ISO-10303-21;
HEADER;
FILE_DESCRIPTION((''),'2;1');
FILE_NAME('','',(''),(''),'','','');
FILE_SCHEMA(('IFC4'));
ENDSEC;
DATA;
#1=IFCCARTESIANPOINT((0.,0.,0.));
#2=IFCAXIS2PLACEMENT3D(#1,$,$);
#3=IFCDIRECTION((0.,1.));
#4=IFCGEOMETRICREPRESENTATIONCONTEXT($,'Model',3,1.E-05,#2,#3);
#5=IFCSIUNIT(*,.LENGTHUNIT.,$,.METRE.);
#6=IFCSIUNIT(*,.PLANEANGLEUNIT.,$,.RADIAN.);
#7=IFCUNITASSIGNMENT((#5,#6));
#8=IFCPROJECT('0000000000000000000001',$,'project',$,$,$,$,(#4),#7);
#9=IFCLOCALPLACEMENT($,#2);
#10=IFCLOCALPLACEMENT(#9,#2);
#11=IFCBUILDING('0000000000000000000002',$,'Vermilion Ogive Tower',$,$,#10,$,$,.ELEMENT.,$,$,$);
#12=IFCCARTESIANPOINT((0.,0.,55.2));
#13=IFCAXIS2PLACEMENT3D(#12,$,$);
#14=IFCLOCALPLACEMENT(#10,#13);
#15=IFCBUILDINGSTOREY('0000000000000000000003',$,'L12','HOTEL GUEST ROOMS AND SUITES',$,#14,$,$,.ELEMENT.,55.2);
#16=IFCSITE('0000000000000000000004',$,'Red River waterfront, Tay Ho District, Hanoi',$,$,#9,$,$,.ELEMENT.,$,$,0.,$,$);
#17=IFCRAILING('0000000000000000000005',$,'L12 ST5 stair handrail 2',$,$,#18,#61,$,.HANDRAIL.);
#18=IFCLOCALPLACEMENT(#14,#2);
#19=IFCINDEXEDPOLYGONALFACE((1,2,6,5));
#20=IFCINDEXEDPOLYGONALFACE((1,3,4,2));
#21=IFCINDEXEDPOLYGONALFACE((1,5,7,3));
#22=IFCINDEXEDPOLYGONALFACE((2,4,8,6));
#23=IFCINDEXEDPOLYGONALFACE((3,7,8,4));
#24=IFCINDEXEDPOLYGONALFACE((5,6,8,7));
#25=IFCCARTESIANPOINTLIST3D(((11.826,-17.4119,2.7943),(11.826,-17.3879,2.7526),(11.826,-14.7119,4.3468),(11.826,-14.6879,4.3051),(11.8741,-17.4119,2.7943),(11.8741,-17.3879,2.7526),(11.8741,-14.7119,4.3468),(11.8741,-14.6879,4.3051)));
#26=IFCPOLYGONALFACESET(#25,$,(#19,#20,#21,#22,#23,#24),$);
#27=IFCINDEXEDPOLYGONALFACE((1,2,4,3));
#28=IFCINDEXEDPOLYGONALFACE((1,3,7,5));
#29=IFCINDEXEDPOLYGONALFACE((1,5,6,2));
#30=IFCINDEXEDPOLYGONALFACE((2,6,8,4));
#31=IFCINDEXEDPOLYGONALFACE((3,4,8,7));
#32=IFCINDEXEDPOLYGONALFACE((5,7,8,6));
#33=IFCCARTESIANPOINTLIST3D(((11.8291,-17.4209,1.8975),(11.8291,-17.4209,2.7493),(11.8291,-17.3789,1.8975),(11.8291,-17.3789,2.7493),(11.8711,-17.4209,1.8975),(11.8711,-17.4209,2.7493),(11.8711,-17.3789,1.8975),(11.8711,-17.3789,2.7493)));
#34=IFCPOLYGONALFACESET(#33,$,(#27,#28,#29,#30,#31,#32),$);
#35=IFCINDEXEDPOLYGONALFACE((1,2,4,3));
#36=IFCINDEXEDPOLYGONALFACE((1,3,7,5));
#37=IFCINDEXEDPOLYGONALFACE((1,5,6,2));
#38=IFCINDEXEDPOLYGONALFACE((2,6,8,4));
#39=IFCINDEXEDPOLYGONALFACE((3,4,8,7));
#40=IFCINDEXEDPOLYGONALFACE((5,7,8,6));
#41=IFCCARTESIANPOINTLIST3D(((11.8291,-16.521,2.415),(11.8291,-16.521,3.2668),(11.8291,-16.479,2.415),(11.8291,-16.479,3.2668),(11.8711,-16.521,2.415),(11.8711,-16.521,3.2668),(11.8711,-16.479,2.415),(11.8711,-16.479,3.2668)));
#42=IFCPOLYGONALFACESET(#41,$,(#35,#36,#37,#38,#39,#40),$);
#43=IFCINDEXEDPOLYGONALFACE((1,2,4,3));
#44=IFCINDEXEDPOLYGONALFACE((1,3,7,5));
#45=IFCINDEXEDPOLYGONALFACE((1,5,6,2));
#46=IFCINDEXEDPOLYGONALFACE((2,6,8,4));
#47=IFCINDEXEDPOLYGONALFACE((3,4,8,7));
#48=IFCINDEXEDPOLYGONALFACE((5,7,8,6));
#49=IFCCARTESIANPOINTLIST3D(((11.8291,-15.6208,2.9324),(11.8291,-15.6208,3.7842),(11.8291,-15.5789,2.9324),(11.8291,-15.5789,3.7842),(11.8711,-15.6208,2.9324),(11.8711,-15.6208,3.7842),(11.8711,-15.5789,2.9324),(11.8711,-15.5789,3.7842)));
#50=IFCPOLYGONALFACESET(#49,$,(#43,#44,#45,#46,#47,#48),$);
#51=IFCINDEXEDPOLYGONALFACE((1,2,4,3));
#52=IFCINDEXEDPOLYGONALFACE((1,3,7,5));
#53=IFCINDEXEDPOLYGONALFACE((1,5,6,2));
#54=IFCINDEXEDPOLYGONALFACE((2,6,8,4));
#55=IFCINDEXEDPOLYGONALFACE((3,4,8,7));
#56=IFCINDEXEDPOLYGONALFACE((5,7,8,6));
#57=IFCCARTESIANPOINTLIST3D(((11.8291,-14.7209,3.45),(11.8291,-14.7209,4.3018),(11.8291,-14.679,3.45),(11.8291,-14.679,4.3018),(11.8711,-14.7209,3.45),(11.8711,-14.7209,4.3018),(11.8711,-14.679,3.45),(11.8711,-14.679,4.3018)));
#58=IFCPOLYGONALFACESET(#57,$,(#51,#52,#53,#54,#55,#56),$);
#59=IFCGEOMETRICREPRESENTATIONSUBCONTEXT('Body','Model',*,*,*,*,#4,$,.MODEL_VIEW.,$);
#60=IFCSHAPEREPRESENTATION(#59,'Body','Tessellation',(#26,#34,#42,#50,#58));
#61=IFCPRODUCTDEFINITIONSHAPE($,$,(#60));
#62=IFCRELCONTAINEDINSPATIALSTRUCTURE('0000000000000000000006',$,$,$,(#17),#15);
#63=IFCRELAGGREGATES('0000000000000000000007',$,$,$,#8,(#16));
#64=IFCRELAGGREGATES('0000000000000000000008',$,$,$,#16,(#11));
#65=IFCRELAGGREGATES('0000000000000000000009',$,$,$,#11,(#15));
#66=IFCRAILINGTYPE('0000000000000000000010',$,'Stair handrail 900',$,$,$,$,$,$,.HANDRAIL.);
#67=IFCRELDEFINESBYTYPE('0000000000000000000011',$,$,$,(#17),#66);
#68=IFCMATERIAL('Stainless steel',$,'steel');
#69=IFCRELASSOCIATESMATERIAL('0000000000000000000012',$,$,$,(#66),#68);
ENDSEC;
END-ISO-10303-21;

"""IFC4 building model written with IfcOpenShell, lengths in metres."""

from ifc_helpers import new_model, si_unit, direction, frame, origin, origin_2d, place, context, subcontext, project, spatial, rectangle, extrude, material, type_object, element, save


model = new_model("IFC4")

# Units and contexts
model_context = context("Model", 3, precision=1e-05, world=origin(), true_north=direction((0.0, 1.0)))
body_context = subcontext(model_context, "Body", "Model", "MODEL_VIEW")
ifc_project = project(units=[si_unit("LENGTHUNIT", "METRE"), si_unit("PLANEANGLEUNIT", "RADIAN")], contexts=[model_context])

# Site, building, storey
site_placement = place(None, origin())
site = spatial("IfcSite", under=ifc_project, at=site_placement, Name="Red River waterfront, Tay Ho District, Hanoi", CompositionType="ELEMENT", RefElevation=0.0)
building_placement = place(site_placement, origin())
building = spatial("IfcBuilding", under=site, at=building_placement, Name="Vermilion Ogive Tower", CompositionType="ELEMENT")
storey_placement = place(building_placement, frame((0.0, 0.0, 55.2)))
storey = spatial("IfcBuildingStorey", under=building, at=storey_placement, Name="L12", Description="HOTEL GUEST ROOMS AND SUITES", CompositionType="ELEMENT", Elevation=55.2)

# Railing
ifc_material_1 = material(Name="Stainless steel", Category="steel")
railing_type_1 = type_object("IfcRailingType", Name="Stair handrail 900", PredefinedType="HANDRAIL", material=ifc_material_1)
railing_1_placement = place(storey_placement, frame((11.8501, -17.3999, 1.8975)))
element("IfcRailing", 1, at=railing_1_placement, inside=storey, type_object=railing_type_1, Name="L12 ST5 stair handrail 2", PredefinedType="HANDRAIL", context=body_context, shape_type="SweptSolid", body=[
    extrude(rectangle(XDim=0.0481, YDim=0.0481, at=origin_2d()), frame((0.0, 0.0, 0.876), z_axis=(0.0, 0.866904, 0.498476), x_axis=(-1.0, 0.0, 0.0)), (0.0, 0.0, 1.0), 3.1145),
    extrude(rectangle(XDim=0.042, YDim=0.042, at=origin_2d()), origin(), (0.0, 0.0, 1.0), 0.8518),
    extrude(rectangle(XDim=0.042, YDim=0.042, at=origin_2d()), frame((0.0, 0.8999, 0.5176)), (0.0, 0.0, 1.0), 0.8518),
    extrude(rectangle(XDim=0.042, YDim=0.042, at=origin_2d()), frame((0.0, 1.8, 1.0349)), (0.0, 0.0, 1.0), 0.8518),
    extrude(rectangle(XDim=0.042, YDim=0.042, at=origin_2d()), frame((0.0, 2.7, 1.5525)), (0.0, 0.0, 1.0), 0.8518),
])

save(model, "model.ifc")
